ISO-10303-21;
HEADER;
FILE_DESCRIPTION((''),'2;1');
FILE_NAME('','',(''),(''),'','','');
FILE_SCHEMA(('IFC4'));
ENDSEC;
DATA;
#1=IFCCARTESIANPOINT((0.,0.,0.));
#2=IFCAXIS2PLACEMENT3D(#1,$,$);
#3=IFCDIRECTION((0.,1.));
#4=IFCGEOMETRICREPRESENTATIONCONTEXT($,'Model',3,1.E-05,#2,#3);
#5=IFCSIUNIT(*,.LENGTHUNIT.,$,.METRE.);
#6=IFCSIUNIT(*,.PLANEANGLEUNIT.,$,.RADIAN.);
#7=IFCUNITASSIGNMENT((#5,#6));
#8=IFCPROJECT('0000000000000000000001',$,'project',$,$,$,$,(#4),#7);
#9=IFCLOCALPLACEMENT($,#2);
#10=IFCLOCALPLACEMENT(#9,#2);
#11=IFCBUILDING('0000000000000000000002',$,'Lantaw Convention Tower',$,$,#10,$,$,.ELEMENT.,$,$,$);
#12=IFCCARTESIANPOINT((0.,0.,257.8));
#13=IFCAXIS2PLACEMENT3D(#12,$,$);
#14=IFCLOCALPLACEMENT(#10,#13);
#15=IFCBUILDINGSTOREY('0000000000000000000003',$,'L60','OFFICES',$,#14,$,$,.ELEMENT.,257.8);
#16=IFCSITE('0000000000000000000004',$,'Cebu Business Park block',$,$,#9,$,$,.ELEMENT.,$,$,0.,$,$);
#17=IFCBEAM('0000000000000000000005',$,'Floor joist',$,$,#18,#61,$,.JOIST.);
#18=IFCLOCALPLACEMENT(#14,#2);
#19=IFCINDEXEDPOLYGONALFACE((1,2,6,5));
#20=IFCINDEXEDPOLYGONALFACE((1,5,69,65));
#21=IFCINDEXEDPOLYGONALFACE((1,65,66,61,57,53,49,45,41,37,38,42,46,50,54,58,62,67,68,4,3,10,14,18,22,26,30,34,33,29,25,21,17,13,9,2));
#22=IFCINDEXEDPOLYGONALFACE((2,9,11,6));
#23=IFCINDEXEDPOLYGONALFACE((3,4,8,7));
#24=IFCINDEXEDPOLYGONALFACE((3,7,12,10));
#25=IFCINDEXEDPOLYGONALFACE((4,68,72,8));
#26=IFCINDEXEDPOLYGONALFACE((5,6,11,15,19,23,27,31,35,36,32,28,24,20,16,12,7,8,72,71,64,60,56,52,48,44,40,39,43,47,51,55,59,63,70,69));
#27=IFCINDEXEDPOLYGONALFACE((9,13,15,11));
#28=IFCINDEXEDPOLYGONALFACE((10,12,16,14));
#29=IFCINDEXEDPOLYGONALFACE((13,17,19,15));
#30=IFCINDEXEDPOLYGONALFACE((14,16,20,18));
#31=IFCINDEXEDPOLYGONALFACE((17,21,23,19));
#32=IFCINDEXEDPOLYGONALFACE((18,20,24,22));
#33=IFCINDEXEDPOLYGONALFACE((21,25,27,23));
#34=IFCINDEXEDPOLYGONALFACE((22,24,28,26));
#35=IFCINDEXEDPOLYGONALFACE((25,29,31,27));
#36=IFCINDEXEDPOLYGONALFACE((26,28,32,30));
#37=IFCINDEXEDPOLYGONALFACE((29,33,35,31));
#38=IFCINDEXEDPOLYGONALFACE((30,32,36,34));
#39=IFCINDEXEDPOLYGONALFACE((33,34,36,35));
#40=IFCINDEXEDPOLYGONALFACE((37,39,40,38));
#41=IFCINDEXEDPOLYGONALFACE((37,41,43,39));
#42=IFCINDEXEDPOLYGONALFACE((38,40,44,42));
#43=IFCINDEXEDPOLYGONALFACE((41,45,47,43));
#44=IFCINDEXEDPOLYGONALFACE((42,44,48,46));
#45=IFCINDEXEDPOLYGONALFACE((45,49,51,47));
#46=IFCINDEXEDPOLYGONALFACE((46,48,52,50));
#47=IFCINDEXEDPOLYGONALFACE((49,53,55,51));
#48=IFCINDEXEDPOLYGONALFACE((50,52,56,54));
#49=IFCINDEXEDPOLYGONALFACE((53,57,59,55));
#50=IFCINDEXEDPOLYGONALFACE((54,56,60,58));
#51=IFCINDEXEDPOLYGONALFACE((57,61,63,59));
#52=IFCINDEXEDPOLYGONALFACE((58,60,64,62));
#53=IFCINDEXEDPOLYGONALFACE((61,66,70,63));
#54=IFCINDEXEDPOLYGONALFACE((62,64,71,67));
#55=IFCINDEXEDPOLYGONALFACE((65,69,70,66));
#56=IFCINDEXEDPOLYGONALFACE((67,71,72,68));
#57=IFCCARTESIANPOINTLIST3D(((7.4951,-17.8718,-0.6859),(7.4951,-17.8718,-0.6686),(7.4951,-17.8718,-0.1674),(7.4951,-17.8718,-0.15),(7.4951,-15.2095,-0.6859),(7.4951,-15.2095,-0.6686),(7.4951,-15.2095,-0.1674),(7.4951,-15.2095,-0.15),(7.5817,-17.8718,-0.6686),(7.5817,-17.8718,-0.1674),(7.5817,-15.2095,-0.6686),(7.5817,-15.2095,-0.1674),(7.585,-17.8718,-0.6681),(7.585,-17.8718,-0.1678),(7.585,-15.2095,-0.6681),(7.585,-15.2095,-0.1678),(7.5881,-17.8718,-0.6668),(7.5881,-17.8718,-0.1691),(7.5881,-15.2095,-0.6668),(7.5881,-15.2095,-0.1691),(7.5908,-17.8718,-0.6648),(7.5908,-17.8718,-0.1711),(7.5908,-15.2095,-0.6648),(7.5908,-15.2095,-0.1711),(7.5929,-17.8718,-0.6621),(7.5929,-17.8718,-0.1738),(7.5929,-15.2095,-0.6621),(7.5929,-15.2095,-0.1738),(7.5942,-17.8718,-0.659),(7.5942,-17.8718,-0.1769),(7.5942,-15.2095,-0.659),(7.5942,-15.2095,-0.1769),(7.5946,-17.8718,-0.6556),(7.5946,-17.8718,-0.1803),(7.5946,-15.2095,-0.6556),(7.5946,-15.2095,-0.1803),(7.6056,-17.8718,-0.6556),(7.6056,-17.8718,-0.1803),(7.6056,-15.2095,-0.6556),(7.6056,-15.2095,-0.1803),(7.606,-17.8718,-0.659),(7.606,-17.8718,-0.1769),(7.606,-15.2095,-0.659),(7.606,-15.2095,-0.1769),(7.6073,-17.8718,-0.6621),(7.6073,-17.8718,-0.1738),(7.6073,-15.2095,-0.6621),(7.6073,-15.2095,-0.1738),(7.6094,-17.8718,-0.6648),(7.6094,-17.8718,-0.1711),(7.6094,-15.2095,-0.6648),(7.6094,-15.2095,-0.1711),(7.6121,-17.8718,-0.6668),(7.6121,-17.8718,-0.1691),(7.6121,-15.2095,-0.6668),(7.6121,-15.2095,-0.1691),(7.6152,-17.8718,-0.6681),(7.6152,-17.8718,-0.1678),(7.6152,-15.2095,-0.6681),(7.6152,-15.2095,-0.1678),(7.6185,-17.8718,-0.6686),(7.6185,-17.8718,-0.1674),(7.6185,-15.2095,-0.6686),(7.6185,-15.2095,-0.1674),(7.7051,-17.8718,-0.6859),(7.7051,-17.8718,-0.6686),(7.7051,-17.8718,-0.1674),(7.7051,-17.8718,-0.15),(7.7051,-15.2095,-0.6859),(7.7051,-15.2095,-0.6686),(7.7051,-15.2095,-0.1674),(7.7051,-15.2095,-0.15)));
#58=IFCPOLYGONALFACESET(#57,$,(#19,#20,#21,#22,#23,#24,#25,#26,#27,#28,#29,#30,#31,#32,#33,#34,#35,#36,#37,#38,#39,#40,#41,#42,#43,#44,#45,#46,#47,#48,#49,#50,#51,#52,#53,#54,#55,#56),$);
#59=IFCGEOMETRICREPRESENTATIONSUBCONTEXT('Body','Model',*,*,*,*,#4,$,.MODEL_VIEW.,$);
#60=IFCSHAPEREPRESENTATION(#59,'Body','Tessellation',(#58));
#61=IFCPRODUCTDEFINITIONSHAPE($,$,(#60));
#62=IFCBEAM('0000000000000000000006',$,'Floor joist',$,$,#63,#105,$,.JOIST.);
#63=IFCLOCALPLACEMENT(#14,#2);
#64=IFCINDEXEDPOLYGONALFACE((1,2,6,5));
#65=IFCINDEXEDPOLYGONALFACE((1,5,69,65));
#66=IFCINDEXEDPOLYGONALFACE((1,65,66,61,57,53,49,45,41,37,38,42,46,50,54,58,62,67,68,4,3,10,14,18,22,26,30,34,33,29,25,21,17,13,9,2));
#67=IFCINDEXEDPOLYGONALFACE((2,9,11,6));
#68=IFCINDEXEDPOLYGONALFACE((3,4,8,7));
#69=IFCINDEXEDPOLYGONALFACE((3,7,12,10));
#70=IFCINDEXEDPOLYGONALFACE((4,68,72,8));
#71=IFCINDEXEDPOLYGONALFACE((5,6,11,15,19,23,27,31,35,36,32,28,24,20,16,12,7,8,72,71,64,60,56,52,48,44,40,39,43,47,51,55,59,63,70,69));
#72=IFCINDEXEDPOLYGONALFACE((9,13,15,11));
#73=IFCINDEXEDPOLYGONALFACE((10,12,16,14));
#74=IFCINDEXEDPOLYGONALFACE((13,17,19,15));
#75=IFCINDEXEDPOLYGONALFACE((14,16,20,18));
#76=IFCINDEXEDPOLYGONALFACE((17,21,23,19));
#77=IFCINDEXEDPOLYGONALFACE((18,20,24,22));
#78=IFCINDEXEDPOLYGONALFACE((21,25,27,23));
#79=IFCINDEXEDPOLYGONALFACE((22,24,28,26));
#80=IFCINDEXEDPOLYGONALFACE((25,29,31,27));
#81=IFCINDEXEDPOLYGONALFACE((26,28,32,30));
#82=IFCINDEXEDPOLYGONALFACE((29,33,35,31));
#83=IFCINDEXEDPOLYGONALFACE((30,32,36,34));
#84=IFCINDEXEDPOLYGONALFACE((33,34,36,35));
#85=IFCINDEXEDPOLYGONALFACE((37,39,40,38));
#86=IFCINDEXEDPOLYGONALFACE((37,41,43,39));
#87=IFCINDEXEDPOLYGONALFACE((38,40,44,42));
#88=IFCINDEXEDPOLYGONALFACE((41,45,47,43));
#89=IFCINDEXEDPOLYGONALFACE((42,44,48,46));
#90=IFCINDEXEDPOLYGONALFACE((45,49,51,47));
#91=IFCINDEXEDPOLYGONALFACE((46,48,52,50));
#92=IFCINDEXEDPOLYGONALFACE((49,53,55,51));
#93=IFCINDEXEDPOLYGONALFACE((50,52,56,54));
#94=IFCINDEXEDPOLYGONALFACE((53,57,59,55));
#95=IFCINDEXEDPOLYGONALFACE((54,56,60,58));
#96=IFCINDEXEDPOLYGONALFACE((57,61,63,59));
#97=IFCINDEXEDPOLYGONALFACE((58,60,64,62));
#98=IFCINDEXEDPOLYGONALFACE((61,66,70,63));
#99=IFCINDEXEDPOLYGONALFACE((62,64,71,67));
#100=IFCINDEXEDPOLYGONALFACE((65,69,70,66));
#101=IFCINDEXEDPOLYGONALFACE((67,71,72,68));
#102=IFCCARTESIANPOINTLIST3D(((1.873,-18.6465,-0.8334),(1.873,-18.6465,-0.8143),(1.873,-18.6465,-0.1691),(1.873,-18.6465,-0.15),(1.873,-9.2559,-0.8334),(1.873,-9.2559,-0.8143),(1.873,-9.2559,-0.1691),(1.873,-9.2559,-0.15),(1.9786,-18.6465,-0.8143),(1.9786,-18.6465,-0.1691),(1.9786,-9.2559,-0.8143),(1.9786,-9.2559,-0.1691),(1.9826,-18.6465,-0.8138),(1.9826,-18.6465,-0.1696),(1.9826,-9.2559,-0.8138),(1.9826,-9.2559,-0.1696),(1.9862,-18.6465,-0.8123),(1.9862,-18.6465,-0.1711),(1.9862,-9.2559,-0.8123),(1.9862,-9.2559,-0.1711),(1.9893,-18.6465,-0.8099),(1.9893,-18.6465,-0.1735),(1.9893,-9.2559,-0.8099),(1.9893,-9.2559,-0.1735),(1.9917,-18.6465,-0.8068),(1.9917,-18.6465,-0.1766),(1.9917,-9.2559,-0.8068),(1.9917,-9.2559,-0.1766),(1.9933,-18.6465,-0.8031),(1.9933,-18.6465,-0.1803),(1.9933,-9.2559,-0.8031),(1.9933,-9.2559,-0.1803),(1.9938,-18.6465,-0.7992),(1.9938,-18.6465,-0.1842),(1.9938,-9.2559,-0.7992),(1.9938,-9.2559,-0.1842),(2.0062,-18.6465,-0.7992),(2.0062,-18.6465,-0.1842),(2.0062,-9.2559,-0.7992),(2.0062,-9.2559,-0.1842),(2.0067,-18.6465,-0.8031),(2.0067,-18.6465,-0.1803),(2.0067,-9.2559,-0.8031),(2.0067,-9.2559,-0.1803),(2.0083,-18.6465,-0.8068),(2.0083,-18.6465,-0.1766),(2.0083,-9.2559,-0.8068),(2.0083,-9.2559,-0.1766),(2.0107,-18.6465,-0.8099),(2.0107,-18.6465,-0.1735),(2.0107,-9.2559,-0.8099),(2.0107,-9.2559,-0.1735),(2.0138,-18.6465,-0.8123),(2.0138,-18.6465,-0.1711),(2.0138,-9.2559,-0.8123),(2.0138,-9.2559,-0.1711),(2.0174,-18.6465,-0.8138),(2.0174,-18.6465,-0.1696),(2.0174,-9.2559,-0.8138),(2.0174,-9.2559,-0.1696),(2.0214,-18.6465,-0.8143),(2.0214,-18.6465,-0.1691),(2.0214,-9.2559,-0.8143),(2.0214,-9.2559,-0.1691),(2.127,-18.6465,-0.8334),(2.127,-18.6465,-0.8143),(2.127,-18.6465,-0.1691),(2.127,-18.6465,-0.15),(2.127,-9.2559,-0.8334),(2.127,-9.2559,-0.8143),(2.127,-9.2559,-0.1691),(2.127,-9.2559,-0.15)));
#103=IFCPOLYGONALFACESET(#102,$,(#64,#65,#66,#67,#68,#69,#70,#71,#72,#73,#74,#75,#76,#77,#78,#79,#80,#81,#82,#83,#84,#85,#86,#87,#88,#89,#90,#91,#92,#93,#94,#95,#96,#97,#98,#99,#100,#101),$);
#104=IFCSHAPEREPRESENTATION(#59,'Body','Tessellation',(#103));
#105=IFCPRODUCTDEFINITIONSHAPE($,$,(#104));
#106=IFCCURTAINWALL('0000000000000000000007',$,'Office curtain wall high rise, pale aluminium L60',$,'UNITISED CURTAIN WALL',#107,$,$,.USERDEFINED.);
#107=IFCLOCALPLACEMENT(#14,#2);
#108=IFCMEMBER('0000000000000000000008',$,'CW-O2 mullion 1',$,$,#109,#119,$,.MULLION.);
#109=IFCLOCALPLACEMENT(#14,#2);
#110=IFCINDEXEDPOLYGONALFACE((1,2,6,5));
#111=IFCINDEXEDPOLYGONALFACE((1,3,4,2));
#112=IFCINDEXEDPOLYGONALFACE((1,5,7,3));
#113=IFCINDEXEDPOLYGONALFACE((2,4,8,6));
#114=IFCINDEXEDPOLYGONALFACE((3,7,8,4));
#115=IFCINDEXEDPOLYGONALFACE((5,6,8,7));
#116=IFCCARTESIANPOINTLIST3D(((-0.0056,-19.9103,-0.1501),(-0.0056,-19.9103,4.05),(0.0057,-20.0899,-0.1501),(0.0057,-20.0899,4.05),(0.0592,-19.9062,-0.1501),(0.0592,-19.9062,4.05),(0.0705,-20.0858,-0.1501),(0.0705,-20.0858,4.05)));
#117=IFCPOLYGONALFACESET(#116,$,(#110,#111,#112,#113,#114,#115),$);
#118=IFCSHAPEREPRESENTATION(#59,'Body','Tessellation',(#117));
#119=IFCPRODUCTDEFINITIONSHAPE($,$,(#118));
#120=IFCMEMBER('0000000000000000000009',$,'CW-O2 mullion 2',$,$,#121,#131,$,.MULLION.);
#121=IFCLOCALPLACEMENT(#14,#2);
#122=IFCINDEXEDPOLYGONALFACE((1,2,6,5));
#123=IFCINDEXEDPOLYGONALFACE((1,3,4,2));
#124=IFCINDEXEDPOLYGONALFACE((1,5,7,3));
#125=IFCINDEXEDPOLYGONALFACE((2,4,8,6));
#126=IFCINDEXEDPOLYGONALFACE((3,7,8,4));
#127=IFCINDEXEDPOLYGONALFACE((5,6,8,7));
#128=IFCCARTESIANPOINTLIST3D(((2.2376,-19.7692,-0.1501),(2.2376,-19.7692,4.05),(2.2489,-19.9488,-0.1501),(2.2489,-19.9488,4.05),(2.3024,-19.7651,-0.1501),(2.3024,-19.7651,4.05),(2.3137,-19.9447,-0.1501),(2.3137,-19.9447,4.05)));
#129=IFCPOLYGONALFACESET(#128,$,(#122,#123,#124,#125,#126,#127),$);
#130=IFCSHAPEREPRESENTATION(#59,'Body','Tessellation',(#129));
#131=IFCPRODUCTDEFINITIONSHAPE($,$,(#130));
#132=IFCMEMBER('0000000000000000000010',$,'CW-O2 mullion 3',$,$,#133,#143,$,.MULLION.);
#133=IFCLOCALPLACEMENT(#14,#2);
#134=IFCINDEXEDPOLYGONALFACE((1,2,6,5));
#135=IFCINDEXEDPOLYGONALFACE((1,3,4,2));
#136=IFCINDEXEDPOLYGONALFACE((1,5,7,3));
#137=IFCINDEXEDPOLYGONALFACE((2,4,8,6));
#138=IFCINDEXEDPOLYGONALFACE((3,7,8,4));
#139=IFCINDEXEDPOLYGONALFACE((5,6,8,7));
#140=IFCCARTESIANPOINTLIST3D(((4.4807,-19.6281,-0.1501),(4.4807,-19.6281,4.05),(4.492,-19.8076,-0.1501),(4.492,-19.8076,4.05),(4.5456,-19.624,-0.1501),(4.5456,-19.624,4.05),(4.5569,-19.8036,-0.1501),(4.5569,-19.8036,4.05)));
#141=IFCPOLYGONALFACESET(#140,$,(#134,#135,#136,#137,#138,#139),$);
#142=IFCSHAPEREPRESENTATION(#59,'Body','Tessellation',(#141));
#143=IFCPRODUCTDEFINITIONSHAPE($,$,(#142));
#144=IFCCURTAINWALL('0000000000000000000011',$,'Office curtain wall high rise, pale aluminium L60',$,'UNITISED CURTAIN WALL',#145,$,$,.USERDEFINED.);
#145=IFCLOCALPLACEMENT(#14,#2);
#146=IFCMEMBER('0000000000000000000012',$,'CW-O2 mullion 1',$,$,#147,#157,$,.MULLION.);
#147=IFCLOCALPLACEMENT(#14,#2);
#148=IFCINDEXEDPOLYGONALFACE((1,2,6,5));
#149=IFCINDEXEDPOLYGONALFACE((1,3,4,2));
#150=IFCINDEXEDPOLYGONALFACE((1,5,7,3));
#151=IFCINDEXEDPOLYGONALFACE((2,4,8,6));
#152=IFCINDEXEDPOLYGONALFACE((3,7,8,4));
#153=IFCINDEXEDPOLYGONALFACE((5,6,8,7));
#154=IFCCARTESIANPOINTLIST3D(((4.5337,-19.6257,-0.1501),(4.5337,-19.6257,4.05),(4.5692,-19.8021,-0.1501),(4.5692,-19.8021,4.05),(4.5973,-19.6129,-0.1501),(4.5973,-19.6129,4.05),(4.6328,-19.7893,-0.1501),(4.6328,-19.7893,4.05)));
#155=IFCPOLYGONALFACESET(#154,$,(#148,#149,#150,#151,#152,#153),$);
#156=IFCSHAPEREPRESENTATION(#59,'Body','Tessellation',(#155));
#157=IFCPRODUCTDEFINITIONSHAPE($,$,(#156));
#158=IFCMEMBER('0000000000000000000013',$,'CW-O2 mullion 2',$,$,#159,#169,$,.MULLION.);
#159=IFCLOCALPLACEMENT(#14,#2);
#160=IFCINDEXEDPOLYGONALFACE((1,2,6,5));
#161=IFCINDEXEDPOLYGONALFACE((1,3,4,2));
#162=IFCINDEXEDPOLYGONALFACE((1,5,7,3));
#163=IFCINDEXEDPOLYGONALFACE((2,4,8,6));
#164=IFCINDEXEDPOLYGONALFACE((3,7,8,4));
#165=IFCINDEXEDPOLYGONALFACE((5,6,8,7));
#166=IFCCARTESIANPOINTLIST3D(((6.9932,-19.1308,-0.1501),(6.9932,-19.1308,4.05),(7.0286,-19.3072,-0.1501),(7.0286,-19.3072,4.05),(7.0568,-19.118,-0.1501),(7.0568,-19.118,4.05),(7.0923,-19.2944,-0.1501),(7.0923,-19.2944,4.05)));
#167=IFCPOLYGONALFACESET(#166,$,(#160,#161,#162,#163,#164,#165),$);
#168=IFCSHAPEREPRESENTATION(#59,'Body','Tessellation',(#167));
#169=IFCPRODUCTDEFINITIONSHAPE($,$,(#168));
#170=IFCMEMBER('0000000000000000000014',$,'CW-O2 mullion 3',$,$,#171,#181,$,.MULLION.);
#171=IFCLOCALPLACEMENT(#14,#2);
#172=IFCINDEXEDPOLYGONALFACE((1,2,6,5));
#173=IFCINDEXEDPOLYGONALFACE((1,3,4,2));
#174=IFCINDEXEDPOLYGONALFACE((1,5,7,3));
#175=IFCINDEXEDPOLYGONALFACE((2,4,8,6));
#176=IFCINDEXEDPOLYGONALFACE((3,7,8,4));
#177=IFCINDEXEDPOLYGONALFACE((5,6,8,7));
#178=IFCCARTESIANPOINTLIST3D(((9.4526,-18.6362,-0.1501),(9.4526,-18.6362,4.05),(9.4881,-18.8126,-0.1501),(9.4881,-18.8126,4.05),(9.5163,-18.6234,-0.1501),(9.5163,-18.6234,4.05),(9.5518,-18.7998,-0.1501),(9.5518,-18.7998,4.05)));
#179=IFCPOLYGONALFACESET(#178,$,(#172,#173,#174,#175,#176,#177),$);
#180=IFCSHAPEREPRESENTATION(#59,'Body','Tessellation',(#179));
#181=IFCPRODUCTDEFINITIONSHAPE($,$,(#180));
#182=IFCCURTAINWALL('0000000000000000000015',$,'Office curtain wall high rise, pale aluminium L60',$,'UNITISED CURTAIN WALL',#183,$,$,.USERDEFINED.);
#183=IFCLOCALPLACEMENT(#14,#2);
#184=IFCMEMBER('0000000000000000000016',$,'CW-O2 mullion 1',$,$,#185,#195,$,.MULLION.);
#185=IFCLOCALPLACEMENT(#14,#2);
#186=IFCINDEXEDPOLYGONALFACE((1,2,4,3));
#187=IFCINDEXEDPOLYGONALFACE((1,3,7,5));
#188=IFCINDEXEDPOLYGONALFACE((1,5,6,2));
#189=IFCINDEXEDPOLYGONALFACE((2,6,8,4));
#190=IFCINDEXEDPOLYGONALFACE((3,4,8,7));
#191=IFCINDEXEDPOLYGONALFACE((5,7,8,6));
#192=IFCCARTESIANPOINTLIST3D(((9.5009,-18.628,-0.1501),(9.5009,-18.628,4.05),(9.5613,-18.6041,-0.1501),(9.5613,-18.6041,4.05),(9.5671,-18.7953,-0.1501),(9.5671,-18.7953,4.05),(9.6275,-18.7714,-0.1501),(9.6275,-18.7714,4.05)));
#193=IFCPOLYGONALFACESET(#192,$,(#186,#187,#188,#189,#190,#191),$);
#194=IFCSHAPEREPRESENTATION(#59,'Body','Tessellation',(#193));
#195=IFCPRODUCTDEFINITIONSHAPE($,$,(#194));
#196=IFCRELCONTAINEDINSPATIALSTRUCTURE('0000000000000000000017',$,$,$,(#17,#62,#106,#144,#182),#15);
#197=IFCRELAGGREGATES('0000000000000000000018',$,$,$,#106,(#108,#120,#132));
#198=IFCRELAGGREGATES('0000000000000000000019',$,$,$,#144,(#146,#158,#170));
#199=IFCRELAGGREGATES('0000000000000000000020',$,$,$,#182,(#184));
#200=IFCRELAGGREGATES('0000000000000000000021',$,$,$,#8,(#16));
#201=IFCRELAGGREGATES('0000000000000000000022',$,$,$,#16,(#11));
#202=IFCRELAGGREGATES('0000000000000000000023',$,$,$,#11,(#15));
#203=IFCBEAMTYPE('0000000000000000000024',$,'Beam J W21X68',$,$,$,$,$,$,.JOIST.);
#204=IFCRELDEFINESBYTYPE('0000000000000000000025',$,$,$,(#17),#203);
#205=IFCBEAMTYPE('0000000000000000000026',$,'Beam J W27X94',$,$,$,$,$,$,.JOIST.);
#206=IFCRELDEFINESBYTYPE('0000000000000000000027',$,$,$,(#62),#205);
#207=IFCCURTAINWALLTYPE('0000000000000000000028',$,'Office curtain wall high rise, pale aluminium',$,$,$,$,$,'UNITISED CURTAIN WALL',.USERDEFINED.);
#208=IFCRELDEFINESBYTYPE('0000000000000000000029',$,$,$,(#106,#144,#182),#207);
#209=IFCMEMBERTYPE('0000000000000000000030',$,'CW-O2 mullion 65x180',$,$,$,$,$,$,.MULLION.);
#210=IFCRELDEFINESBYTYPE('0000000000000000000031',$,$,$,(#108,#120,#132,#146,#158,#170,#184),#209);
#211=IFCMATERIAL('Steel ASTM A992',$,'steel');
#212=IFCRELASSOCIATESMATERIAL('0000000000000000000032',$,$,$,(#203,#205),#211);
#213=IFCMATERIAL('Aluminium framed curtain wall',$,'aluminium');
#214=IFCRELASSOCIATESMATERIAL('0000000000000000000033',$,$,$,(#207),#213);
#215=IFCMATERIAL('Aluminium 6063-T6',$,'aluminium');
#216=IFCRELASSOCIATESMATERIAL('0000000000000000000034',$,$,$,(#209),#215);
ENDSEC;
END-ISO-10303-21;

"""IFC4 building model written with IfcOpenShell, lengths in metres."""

from ifc_helpers import new_model, si_unit, direction, frame, origin, origin_2d, place, context, subcontext, project, spatial, rectangle, i_section, extrude, material, material_profile, profile_set, type_object, element, aggregate, save


model = new_model("IFC4")

# Units and contexts
model_context = context("Model", 3, precision=1e-05, world=origin(), true_north=direction((0.0, 1.0)))
body_context = subcontext(model_context, "Body", "Model", "MODEL_VIEW")
ifc_project = project(units=[si_unit("LENGTHUNIT", "METRE"), si_unit("PLANEANGLEUNIT", "RADIAN")], contexts=[model_context])

# Site, building, storey
site_placement = place(None, origin())
site = spatial("IfcSite", under=ifc_project, at=site_placement, Name="Cebu Business Park block", CompositionType="ELEMENT", RefElevation=0.0)
building_placement = place(site_placement, origin())
building = spatial("IfcBuilding", under=site, at=building_placement, Name="Lantaw Convention Tower", CompositionType="ELEMENT")
storey_placement = place(building_placement, frame((0.0, 0.0, 257.8)))
storey = spatial("IfcBuildingStorey", under=building, at=storey_placement, Name="L60", Description="OFFICES", CompositionType="ELEMENT", Elevation=257.8)

# Beams
ifc_material_1 = material(Name="Steel ASTM A992", Category="steel")
ifc_material_profile_1 = material_profile(ifc_material_1, i_section(OverallWidth=0.21, OverallDepth=0.5359, WebThickness=0.011, FlangeThickness=0.0173, FilletRadius=0.0129, at=origin_2d()), Name="W21X68")
ifc_profile_set_1 = profile_set([ifc_material_profile_1], Name="Steel ASTM A992")
beam_type_1 = type_object("IfcBeamType", Name="Beam J W21X68", PredefinedType="JOIST", material=ifc_profile_set_1)
beam_1_placement = place(storey_placement, frame((7.6001, -17.8718, -0.418), z_axis=(0.0, 1.0, 0.0), x_axis=(-1.0, 0.0, 0.0)))
element("IfcBeam", 1, at=beam_1_placement, inside=storey, type_object=beam_type_1, Name="Floor joist", PredefinedType="JOIST", context=body_context, shape_type="SweptSolid", body=[
    extrude(i_section(OverallWidth=0.21, OverallDepth=0.5359, WebThickness=0.011, FlangeThickness=0.0173, FilletRadius=0.0129, at=origin_2d()), origin(), (0.0, 0.0, 1.0), 2.6624),
])
ifc_material_profile_2 = material_profile(ifc_material_1, i_section(OverallWidth=0.2539, OverallDepth=0.6833, WebThickness=0.0125, FlangeThickness=0.019, FilletRadius=0.0151, at=origin_2d()), Name="W27X94")
ifc_profile_set_2 = profile_set([ifc_material_profile_2], Name="Steel ASTM A992")
beam_type_2 = type_object("IfcBeamType", Name="Beam J W27X94", PredefinedType="JOIST", material=ifc_profile_set_2)
beam_2_placement = place(storey_placement, frame((2.0, -18.6465, -0.4917), z_axis=(0.0, 1.0, 0.0), x_axis=(-1.0, 0.0, 0.0)))
element("IfcBeam", 2, at=beam_2_placement, inside=storey, type_object=beam_type_2, Name="Floor joist", PredefinedType="JOIST", context=body_context, shape_type="SweptSolid", body=[
    extrude(i_section(OverallWidth=0.2539, OverallDepth=0.6833, WebThickness=0.0125, FlangeThickness=0.019, FilletRadius=0.0151, at=origin_2d()), origin(), (0.0, 0.0, 1.0), 9.3906),
])

# Curtain walls, members
ifc_material_2 = material(Name="Aluminium framed curtain wall", Category="aluminium")
curtain_wall_type = type_object("IfcCurtainWallType", Name="Office curtain wall high rise, pale aluminium", ElementType="UNITISED CURTAIN WALL", PredefinedType="USERDEFINED", material=ifc_material_2)
curtain_wall_1_placement = place(storey_placement, origin())
curtain_wall_1 = element("IfcCurtainWall", 3, at=curtain_wall_1_placement, inside=storey, type_object=curtain_wall_type, Name="Office curtain wall high rise, pale aluminium L60", ObjectType="UNITISED CURTAIN WALL", PredefinedType="USERDEFINED")
ifc_material_3 = material(Name="Aluminium 6063-T6", Category="aluminium")
ifc_material_profile_3 = material_profile(ifc_material_3, rectangle(XDim=0.1799, YDim=0.0649, at=origin_2d()), Name="CW-O2 mullion 65x180")
ifc_profile_set_3 = profile_set([ifc_material_profile_3], Name="Aluminium 6063-T6")
member_type_1 = type_object("IfcMemberType", Name="CW-O2 mullion 65x180", PredefinedType="MULLION", material=ifc_profile_set_3)
member_1_placement = place(storey_placement, frame((0.0325, -19.998, -0.1501), z_axis=(0.0, 0.0, 1.0), x_axis=(-0.062758, 0.998029, 0.0)))
member_1 = element("IfcMember", 4, at=member_1_placement, type_object=member_type_1, Name="CW-O2 mullion 1", PredefinedType="MULLION", context=body_context, shape_type="SweptSolid", body=[
    extrude(rectangle(XDim=0.1799, YDim=0.0649, at=origin_2d()), origin(), (0.0, 0.0, 1.0), 4.2002),
])
member_2_placement = place(storey_placement, frame((2.2756, -19.8569, -0.1501), z_axis=(0.0, 0.0, 1.0), x_axis=(-0.062758, 0.998029, 0.0)))
member_2 = element("IfcMember", 5, at=member_2_placement, type_object=member_type_1, Name="CW-O2 mullion 2", PredefinedType="MULLION", context=body_context, shape_type="SweptSolid", body=[
    extrude(rectangle(XDim=0.1799, YDim=0.0649, at=origin_2d()), origin(), (0.0, 0.0, 1.0), 4.2002),
])
member_3_placement = place(storey_placement, frame((4.5188, -19.7158, -0.1501), z_axis=(0.0, 0.0, 1.0), x_axis=(-0.062758, 0.998029, 0.0)))
member_3 = element("IfcMember", 6, at=member_3_placement, type_object=member_type_1, Name="CW-O2 mullion 3", PredefinedType="MULLION", context=body_context, shape_type="SweptSolid", body=[
    extrude(rectangle(XDim=0.1799, YDim=0.0649, at=origin_2d()), origin(), (0.0, 0.0, 1.0), 4.2002),
])
curtain_wall_2_placement = place(storey_placement, origin())
curtain_wall_2 = element("IfcCurtainWall", 7, at=curtain_wall_2_placement, inside=storey, type_object=curtain_wall_type, Name="Office curtain wall high rise, pale aluminium L60", ObjectType="UNITISED CURTAIN WALL", PredefinedType="USERDEFINED")
member_4_placement = place(storey_placement, frame((4.5833, -19.7075, -0.1501), z_axis=(0.0, 0.0, 1.0), x_axis=(-0.197183, 0.980367, 0.0)))
member_4 = element("IfcMember", 8, at=member_4_placement, type_object=member_type_1, Name="CW-O2 mullion 1", PredefinedType="MULLION", context=body_context, shape_type="SweptSolid", body=[
    extrude(rectangle(XDim=0.1799, YDim=0.0649, at=origin_2d()), origin(), (0.0, 0.0, 1.0), 4.2002),
])
member_5_placement = place(storey_placement, frame((7.0427, -19.2126, -0.1501), z_axis=(0.0, 0.0, 1.0), x_axis=(-0.197183, 0.980367, 0.0)))
member_5 = element("IfcMember", 9, at=member_5_placement, type_object=member_type_1, Name="CW-O2 mullion 2", PredefinedType="MULLION", context=body_context, shape_type="SweptSolid", body=[
    extrude(rectangle(XDim=0.1799, YDim=0.0649, at=origin_2d()), origin(), (0.0, 0.0, 1.0), 4.2002),
])
member_6_placement = place(storey_placement, frame((9.5022, -18.718, -0.1501), z_axis=(0.0, 0.0, 1.0), x_axis=(-0.197183, 0.980367, 0.0)))
member_6 = element("IfcMember", 10, at=member_6_placement, type_object=member_type_1, Name="CW-O2 mullion 3", PredefinedType="MULLION", context=body_context, shape_type="SweptSolid", body=[
    extrude(rectangle(XDim=0.1799, YDim=0.0649, at=origin_2d()), origin(), (0.0, 0.0, 1.0), 4.2002),
])

# Curtain wall, member
curtain_wall_3_placement = place(storey_placement, origin())
curtain_wall_3 = element("IfcCurtainWall", 11, at=curtain_wall_3_placement, inside=storey, type_object=curtain_wall_type, Name="Office curtain wall high rise, pale aluminium L60", ObjectType="UNITISED CURTAIN WALL", PredefinedType="USERDEFINED")
member_7_placement = place(storey_placement, frame((9.5642, -18.6997, -0.1501), z_axis=(0.0, 0.0, 1.0), x_axis=(-0.368162, 0.929762, 0.0)))
member_7 = element("IfcMember", 12, at=member_7_placement, type_object=member_type_1, Name="CW-O2 mullion 1", PredefinedType="MULLION", context=body_context, shape_type="SweptSolid", body=[
    extrude(rectangle(XDim=0.1799, YDim=0.0649, at=origin_2d()), origin(), (0.0, 0.0, 1.0), 4.2002),
])

aggregate(curtain_wall_1, [member_1, member_2, member_3])
aggregate(curtain_wall_2, [member_4, member_5, member_6])
aggregate(curtain_wall_3, [member_7])

save(model, "model.ifc")
